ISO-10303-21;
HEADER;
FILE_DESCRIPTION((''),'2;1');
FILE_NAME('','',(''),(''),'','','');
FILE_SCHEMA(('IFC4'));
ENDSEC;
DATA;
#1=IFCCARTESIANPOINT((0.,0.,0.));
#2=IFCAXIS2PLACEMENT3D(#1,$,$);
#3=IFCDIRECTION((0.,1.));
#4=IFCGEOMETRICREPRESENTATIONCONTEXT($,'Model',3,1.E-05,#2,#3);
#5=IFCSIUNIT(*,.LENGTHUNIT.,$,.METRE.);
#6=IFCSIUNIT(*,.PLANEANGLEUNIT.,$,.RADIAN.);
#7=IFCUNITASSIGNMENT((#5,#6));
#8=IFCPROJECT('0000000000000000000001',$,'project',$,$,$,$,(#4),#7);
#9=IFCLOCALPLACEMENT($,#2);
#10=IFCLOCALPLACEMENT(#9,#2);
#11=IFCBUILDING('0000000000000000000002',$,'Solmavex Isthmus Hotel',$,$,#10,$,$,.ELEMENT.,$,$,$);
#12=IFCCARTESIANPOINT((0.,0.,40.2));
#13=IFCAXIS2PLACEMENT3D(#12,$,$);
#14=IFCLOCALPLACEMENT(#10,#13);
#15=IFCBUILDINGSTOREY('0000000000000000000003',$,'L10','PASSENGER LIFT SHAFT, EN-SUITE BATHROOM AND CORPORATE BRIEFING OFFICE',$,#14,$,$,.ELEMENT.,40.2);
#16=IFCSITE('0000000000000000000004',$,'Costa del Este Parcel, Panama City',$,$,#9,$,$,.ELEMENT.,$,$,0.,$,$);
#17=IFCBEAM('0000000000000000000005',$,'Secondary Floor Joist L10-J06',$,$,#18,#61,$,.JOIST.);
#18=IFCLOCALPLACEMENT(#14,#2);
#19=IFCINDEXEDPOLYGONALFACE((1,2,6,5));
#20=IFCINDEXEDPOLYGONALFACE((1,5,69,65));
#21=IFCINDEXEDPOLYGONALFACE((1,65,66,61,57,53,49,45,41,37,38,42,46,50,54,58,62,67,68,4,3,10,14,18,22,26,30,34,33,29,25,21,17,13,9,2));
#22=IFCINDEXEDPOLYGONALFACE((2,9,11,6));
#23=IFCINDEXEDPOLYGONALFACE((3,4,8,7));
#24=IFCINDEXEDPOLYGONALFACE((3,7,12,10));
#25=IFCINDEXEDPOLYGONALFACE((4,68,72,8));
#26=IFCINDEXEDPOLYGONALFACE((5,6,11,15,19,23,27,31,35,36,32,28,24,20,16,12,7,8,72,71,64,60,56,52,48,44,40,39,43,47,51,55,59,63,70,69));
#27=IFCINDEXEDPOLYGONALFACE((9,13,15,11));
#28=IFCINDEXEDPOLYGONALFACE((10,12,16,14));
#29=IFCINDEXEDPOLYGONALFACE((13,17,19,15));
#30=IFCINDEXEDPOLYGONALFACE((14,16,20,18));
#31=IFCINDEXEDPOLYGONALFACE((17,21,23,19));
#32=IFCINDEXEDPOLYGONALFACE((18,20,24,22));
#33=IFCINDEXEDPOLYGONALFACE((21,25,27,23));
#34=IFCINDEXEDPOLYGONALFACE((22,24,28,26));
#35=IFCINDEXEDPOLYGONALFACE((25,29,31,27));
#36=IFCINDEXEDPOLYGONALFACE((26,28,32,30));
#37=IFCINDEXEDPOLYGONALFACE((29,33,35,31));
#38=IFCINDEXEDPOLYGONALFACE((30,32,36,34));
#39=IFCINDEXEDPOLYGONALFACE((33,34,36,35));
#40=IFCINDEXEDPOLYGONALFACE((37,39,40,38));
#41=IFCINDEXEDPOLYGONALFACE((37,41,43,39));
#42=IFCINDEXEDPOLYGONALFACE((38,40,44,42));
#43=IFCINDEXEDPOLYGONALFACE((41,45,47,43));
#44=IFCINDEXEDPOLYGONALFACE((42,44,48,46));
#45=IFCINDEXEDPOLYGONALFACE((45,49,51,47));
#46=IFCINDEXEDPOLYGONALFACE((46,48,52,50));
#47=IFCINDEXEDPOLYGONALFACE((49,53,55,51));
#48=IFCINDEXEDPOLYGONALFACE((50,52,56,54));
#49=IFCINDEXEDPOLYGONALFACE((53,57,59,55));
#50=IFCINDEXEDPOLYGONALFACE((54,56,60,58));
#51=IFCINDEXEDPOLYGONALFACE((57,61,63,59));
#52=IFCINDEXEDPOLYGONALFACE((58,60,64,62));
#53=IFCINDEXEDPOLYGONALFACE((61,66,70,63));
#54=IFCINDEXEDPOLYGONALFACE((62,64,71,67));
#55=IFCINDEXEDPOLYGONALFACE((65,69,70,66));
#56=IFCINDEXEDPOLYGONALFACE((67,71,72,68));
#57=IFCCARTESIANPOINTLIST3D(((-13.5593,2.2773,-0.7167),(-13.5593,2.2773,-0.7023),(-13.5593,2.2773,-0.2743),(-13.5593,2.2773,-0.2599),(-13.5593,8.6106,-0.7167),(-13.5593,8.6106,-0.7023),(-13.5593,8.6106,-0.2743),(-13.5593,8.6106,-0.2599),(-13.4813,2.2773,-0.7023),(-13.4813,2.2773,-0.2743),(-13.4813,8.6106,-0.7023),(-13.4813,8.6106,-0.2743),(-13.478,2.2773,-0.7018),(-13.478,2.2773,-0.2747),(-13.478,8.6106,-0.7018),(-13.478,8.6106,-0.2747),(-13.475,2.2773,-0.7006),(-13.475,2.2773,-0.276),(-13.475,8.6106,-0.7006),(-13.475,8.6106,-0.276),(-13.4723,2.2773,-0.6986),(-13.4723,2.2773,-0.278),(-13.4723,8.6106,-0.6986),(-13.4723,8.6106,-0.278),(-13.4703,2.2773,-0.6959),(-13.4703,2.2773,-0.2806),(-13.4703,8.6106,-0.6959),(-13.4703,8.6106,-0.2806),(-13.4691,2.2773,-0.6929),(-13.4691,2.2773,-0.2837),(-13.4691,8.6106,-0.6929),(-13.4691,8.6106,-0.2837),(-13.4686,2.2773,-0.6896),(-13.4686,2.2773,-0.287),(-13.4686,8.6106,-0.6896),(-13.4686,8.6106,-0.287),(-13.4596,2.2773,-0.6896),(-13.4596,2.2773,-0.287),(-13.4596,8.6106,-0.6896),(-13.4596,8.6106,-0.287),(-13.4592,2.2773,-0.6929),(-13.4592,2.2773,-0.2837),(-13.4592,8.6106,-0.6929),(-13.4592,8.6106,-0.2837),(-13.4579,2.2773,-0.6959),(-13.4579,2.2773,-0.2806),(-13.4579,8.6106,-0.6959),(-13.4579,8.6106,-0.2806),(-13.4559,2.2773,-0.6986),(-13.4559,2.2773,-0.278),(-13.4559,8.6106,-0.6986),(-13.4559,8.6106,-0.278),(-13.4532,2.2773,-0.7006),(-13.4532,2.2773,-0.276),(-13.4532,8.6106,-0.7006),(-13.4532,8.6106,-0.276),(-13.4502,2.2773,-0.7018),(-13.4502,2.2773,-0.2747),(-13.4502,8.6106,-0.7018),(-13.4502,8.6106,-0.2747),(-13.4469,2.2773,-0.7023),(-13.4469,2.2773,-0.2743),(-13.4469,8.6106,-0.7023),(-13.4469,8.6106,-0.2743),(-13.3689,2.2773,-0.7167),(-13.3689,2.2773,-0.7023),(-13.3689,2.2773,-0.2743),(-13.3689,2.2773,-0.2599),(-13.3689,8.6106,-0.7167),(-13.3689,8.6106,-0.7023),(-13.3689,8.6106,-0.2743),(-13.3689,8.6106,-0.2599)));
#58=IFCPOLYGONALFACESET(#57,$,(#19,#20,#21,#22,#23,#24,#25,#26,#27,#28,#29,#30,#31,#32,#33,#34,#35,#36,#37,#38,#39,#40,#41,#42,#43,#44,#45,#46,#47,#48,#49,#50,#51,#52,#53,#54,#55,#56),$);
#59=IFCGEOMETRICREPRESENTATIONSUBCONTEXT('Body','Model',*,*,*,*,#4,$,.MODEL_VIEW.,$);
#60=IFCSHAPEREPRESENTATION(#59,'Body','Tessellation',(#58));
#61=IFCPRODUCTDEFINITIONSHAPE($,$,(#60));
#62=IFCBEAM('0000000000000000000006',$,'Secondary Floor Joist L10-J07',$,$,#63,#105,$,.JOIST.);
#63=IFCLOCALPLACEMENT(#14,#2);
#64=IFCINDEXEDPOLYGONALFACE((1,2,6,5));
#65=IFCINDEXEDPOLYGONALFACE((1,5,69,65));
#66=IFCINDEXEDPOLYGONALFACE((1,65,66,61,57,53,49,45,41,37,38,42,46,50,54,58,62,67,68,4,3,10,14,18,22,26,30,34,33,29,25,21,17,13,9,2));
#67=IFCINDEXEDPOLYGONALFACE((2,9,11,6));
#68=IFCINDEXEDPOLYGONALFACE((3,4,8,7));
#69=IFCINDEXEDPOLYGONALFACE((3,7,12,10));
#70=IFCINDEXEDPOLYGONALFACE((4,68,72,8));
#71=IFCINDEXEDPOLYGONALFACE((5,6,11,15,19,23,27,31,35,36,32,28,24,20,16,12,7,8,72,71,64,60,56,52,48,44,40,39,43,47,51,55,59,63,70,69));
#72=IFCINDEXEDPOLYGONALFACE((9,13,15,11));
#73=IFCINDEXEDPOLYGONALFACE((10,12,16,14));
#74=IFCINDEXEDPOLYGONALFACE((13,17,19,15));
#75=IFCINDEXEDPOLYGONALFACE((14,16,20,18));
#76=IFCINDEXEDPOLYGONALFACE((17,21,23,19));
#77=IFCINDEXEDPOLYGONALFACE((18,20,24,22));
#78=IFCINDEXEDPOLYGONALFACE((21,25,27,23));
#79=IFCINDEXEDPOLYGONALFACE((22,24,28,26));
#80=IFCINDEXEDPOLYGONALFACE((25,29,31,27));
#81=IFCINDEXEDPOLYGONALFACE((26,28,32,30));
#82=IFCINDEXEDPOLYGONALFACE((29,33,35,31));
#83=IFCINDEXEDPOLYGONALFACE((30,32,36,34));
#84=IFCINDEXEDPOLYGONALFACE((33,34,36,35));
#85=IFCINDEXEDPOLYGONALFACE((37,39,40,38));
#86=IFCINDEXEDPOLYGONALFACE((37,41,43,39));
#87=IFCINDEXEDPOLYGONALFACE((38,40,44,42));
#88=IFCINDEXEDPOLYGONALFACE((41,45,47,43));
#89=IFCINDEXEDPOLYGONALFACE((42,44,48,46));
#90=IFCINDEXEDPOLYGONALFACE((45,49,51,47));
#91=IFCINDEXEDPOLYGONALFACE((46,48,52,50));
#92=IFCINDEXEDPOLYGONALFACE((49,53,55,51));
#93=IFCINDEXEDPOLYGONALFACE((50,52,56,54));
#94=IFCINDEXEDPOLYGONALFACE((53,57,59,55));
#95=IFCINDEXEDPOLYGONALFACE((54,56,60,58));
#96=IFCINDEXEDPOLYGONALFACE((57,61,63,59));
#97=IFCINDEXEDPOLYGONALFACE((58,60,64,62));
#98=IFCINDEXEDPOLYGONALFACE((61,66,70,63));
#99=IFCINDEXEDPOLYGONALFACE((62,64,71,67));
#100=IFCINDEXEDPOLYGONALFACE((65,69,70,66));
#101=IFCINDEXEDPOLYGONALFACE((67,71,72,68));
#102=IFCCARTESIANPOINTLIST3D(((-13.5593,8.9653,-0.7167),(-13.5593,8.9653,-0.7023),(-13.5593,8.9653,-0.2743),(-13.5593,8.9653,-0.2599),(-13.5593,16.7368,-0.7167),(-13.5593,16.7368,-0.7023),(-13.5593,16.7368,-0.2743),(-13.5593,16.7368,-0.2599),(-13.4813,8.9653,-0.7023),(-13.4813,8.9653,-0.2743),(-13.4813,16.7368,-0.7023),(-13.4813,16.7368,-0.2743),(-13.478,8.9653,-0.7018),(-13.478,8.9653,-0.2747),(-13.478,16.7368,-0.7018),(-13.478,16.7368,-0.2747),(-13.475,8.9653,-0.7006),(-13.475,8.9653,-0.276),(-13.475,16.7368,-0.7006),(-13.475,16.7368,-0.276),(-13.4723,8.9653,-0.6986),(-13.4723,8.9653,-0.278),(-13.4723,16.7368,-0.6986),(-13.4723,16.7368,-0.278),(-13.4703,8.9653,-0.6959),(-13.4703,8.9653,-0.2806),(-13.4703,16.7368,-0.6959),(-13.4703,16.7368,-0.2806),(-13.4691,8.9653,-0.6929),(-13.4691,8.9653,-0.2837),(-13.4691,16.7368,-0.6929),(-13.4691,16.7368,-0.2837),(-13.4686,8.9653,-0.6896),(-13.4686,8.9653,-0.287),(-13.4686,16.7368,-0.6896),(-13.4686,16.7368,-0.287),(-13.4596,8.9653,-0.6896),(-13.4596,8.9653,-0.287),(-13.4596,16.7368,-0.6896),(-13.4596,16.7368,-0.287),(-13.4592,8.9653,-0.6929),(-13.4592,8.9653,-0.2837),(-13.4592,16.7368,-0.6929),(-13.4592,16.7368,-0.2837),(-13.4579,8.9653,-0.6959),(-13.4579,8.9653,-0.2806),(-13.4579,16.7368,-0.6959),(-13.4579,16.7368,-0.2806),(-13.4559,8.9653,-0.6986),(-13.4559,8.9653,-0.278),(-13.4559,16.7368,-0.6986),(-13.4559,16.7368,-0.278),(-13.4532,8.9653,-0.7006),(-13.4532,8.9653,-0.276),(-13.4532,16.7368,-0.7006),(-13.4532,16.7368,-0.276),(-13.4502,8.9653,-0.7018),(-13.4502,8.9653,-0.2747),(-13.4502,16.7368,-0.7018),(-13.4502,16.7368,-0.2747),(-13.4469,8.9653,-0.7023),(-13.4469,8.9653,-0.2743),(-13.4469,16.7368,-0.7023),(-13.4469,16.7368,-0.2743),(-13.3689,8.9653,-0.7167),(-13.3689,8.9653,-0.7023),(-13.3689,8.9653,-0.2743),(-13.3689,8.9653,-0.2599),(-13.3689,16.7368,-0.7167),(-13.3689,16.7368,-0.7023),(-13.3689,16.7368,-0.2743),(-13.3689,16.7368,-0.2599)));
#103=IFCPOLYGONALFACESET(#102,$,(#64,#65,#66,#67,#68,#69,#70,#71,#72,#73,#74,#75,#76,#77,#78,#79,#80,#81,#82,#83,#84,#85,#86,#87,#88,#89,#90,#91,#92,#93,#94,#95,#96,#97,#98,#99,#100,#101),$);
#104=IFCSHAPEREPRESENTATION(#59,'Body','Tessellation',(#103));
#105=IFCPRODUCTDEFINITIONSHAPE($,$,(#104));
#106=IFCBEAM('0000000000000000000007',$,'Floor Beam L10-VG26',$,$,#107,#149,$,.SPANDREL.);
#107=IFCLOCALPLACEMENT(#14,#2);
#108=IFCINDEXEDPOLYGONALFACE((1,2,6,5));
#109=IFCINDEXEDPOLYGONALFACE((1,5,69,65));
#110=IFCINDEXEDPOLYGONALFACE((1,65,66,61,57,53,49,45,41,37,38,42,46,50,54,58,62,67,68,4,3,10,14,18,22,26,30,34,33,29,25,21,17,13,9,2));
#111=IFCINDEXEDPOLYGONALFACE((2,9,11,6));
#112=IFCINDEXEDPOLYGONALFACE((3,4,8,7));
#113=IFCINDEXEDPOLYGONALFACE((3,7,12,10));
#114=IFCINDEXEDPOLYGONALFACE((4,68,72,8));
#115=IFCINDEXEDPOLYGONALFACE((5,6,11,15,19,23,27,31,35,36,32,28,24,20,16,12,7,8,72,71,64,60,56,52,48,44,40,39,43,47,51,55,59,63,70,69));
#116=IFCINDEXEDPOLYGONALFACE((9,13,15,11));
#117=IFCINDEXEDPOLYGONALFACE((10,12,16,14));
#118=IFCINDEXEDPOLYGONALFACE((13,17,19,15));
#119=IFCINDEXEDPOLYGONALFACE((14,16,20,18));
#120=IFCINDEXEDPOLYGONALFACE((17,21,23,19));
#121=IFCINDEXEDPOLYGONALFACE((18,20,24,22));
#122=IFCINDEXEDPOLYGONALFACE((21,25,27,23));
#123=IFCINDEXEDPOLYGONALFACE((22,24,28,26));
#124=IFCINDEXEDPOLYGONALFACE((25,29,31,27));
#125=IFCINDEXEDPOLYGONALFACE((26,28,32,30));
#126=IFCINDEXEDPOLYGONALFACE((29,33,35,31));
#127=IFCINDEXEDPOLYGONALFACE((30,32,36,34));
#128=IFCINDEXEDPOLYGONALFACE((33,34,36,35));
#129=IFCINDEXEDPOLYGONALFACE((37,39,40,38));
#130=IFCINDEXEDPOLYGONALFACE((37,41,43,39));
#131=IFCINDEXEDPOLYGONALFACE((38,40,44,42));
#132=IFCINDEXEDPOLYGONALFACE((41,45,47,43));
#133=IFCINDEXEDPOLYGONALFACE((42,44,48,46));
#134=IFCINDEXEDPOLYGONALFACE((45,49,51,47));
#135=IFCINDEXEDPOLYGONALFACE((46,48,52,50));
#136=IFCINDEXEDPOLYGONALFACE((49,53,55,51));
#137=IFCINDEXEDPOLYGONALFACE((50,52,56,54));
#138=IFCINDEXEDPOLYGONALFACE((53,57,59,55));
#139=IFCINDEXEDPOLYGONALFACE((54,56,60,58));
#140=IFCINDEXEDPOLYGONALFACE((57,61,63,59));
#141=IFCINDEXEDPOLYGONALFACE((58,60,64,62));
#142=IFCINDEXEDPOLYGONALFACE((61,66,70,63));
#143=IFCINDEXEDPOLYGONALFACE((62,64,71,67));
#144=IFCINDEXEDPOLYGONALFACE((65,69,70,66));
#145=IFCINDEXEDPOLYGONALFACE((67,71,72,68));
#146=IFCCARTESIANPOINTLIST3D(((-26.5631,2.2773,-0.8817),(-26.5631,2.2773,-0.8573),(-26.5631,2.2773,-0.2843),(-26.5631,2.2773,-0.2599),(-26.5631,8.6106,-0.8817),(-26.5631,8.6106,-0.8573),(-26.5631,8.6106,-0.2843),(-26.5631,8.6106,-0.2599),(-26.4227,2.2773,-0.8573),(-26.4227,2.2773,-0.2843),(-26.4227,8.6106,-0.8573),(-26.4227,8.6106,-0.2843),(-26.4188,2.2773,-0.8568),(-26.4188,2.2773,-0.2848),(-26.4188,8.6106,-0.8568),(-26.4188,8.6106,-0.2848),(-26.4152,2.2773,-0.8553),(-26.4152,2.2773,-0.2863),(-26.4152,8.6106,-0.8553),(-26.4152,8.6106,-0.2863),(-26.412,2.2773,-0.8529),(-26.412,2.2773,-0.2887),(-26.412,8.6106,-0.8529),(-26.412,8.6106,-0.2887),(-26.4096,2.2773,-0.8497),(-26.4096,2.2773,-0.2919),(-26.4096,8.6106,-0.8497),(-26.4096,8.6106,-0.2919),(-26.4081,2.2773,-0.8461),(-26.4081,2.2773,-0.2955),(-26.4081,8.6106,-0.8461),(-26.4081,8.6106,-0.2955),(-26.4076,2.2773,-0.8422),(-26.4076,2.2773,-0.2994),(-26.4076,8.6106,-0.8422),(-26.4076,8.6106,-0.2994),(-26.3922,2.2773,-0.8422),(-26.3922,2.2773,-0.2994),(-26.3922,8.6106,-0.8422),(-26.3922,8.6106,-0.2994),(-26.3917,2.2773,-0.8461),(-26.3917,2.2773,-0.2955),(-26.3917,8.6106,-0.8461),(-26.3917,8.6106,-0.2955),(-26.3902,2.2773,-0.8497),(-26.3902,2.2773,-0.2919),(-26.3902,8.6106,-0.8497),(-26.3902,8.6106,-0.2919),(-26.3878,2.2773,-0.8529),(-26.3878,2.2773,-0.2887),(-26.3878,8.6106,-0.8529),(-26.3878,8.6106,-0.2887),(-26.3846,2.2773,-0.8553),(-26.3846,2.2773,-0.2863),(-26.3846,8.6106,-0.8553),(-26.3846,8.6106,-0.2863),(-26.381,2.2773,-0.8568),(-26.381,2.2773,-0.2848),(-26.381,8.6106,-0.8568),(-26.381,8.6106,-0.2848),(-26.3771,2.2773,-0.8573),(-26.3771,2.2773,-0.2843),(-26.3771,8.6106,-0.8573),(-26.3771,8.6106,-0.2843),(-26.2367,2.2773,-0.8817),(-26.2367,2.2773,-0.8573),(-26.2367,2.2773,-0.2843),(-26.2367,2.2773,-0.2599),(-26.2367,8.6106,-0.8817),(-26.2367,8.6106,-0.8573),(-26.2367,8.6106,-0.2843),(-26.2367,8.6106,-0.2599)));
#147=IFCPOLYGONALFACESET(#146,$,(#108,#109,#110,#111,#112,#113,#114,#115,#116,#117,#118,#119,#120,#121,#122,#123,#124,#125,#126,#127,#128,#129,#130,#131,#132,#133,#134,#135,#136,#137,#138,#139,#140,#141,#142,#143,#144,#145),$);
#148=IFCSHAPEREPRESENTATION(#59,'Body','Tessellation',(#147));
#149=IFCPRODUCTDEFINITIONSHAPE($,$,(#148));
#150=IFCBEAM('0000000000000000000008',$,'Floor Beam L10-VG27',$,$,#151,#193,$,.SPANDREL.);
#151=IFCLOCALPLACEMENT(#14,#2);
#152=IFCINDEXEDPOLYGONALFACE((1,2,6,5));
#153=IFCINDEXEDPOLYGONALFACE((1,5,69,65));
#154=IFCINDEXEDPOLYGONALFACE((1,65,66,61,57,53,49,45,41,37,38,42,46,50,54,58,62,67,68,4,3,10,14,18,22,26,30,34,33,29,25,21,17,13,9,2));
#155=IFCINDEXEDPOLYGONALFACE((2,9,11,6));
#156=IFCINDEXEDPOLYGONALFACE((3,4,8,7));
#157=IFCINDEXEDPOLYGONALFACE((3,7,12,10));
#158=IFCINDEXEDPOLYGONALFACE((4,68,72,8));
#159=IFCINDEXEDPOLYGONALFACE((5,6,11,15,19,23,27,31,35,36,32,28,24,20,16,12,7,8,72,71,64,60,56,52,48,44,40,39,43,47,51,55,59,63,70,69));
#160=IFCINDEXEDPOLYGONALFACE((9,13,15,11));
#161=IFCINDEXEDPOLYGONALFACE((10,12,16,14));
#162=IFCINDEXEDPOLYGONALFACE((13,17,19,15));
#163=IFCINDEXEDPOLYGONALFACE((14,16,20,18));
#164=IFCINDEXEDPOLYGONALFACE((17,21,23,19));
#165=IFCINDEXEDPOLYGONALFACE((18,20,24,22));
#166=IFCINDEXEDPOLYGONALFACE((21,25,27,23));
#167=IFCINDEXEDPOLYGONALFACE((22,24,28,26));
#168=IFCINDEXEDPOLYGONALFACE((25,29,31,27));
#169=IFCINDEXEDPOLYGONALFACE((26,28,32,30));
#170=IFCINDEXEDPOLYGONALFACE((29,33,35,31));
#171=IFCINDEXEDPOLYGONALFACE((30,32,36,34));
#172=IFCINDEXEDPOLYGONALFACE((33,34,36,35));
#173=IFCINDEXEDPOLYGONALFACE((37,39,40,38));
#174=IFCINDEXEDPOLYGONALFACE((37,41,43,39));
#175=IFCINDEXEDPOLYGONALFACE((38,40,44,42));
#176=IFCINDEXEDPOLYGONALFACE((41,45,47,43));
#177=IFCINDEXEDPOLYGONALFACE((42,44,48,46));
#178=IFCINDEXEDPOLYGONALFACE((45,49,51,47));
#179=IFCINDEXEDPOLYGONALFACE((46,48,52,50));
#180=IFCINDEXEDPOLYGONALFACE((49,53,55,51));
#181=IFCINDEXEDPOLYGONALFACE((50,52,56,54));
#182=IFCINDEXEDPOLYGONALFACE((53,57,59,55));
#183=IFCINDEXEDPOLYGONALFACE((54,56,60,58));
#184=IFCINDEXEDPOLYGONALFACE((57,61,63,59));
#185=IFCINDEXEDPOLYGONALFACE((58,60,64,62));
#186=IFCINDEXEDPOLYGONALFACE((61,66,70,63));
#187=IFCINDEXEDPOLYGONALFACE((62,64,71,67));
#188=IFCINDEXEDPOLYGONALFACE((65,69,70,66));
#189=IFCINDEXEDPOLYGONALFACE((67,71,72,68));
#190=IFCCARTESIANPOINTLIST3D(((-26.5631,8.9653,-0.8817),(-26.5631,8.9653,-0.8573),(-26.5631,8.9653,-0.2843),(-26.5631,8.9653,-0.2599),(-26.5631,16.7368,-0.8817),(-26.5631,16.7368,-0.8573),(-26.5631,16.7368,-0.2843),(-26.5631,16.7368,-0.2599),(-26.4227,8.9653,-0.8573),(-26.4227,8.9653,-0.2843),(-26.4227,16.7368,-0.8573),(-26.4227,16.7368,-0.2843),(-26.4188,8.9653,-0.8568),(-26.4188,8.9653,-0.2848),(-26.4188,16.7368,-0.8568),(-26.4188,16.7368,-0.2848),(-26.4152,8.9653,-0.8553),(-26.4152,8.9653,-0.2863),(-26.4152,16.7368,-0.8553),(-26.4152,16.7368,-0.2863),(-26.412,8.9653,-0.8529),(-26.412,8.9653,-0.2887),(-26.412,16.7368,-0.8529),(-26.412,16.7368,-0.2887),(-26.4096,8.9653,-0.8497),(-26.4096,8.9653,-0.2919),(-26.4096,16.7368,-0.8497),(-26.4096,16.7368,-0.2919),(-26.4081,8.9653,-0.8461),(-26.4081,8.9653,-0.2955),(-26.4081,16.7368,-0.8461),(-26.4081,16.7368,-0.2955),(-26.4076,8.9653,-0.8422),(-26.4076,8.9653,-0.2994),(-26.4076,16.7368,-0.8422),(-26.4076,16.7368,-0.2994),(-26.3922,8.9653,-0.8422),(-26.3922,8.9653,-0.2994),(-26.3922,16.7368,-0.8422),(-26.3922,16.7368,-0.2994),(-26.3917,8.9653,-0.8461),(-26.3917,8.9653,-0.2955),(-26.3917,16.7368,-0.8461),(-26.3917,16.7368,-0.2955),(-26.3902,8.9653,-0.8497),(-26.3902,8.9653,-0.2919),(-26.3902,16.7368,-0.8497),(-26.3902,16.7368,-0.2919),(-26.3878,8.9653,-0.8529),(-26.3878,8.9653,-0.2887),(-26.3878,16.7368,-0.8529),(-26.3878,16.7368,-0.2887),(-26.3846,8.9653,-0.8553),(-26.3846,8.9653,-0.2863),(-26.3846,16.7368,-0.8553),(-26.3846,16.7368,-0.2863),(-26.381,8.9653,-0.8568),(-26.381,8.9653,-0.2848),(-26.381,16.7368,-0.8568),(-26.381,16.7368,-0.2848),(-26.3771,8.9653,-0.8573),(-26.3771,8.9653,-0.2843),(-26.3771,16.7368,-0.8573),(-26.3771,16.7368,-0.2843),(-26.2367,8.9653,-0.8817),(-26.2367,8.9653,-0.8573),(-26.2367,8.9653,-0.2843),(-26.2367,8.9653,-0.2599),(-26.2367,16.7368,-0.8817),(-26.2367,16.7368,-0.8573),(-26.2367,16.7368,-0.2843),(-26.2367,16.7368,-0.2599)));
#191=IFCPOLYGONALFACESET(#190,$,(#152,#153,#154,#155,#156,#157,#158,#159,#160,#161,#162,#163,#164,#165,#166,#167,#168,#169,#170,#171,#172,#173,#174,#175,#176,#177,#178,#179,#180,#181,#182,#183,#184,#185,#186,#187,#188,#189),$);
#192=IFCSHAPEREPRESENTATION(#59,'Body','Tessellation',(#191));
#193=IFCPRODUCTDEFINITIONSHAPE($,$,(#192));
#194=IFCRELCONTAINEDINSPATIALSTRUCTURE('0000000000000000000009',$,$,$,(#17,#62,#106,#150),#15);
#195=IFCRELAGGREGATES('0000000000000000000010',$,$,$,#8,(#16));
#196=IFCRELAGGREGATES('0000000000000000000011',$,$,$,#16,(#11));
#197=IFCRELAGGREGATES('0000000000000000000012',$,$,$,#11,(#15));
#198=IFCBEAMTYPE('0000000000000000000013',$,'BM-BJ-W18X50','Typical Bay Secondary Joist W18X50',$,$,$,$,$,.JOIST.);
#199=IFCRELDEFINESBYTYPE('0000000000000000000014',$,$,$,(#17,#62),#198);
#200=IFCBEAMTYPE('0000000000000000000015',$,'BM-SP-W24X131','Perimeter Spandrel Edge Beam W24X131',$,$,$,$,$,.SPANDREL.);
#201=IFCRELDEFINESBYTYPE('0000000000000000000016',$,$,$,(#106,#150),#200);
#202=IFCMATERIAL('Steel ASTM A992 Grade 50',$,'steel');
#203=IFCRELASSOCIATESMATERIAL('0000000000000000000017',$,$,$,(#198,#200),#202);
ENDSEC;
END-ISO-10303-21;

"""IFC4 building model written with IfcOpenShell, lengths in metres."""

from ifc_helpers import new_model, si_unit, direction, frame, origin, origin_2d, place, context, subcontext, project, spatial, i_section, extrude, material, material_profile, profile_set, type_object, element, save


model = new_model("IFC4")

# Units and contexts
model_context = context("Model", 3, precision=1e-05, world=origin(), true_north=direction((0.0, 1.0)))
body_context = subcontext(model_context, "Body", "Model", "MODEL_VIEW")
ifc_project = project(units=[si_unit("LENGTHUNIT", "METRE"), si_unit("PLANEANGLEUNIT", "RADIAN")], contexts=[model_context])

# Site, building, storey
site_placement = place(None, origin())
site = spatial("IfcSite", under=ifc_project, at=site_placement, Name="Costa del Este Parcel, Panama City", CompositionType="ELEMENT", RefElevation=0.0)
building_placement = place(site_placement, origin())
building = spatial("IfcBuilding", under=site, at=building_placement, Name="Solmavex Isthmus Hotel", CompositionType="ELEMENT")
storey_placement = place(building_placement, frame((0.0, 0.0, 40.2)))
storey = spatial("IfcBuildingStorey", under=building, at=storey_placement, Name="L10", Description="PASSENGER LIFT SHAFT, EN-SUITE BATHROOM AND CORPORATE BRIEFING OFFICE", CompositionType="ELEMENT", Elevation=40.2)

# Beams
ifc_material_1 = material(Name="Steel ASTM A992 Grade 50", Category="steel")
ifc_material_profile_1 = material_profile(ifc_material_1, i_section(OverallWidth=0.1904, OverallDepth=0.4568, WebThickness=0.009, FlangeThickness=0.0144, FilletRadius=0.0127, at=origin_2d()), Name="W18X50")
ifc_profile_set_1 = profile_set([ifc_material_profile_1], Name="Steel ASTM A992 Grade 50")
beam_type_1 = type_object("IfcBeamType", Name="BM-BJ-W18X50", Description="Typical Bay Secondary Joist W18X50", PredefinedType="JOIST", material=ifc_profile_set_1)
beam_1_placement = place(storey_placement, frame((-13.4641, 2.2773, -0.4883), z_axis=(0.0, 1.0, 0.0), x_axis=(-1.0, 0.0, 0.0)))
element("IfcBeam", 1, at=beam_1_placement, inside=storey, type_object=beam_type_1, Name="Secondary Floor Joist L10-J06", PredefinedType="JOIST", context=body_context, shape_type="SweptSolid", body=[
    extrude(i_section(OverallWidth=0.1904, OverallDepth=0.4568, WebThickness=0.009, FlangeThickness=0.0144, FilletRadius=0.0127, at=origin_2d()), origin(), (0.0, 0.0, 1.0), 6.3333),
])
beam_2_placement = place(storey_placement, frame((-13.4641, 8.9653, -0.4883), z_axis=(0.0, 1.0, 0.0), x_axis=(-1.0, 0.0, 0.0)))
element("IfcBeam", 2, at=beam_2_placement, inside=storey, type_object=beam_type_1, Name="Secondary Floor Joist L10-J07", PredefinedType="JOIST", context=body_context, shape_type="SweptSolid", body=[
    extrude(i_section(OverallWidth=0.1904, OverallDepth=0.4568, WebThickness=0.009, FlangeThickness=0.0144, FilletRadius=0.0127, at=origin_2d()), origin(), (0.0, 0.0, 1.0), 7.7715),
])
ifc_material_profile_2 = material_profile(ifc_material_1, i_section(OverallWidth=0.3264, OverallDepth=0.6218, WebThickness=0.0154, FlangeThickness=0.0244, FilletRadius=0.0151, at=origin_2d()), Name="W24X131")
ifc_profile_set_2 = profile_set([ifc_material_profile_2], Name="Steel ASTM A992 Grade 50")
beam_type_2 = type_object("IfcBeamType", Name="BM-SP-W24X131", Description="Perimeter Spandrel Edge Beam W24X131", PredefinedType="SPANDREL", material=ifc_profile_set_2)
beam_3_placement = place(storey_placement, frame((-26.3999, 2.2773, -0.5708), z_axis=(0.0, 1.0, 0.0), x_axis=(-1.0, 0.0, 0.0)))
element("IfcBeam", 3, at=beam_3_placement, inside=storey, type_object=beam_type_2, Name="Floor Beam L10-VG26", PredefinedType="SPANDREL", context=body_context, shape_type="SweptSolid", body=[
    extrude(i_section(OverallWidth=0.3264, OverallDepth=0.6218, WebThickness=0.0154, FlangeThickness=0.0244, FilletRadius=0.0151, at=origin_2d()), origin(), (0.0, 0.0, 1.0), 6.3333),
])
beam_4_placement = place(storey_placement, frame((-26.3999, 8.9653, -0.5708), z_axis=(0.0, 1.0, 0.0), x_axis=(-1.0, 0.0, 0.0)))
element("IfcBeam", 4, at=beam_4_placement, inside=storey, type_object=beam_type_2, Name="Floor Beam L10-VG27", PredefinedType="SPANDREL", context=body_context, shape_type="SweptSolid", body=[
    extrude(i_section(OverallWidth=0.3264, OverallDepth=0.6218, WebThickness=0.0154, FlangeThickness=0.0244, FilletRadius=0.0151, at=origin_2d()), origin(), (0.0, 0.0, 1.0), 7.7715),
])

save(model, "model.ifc")
